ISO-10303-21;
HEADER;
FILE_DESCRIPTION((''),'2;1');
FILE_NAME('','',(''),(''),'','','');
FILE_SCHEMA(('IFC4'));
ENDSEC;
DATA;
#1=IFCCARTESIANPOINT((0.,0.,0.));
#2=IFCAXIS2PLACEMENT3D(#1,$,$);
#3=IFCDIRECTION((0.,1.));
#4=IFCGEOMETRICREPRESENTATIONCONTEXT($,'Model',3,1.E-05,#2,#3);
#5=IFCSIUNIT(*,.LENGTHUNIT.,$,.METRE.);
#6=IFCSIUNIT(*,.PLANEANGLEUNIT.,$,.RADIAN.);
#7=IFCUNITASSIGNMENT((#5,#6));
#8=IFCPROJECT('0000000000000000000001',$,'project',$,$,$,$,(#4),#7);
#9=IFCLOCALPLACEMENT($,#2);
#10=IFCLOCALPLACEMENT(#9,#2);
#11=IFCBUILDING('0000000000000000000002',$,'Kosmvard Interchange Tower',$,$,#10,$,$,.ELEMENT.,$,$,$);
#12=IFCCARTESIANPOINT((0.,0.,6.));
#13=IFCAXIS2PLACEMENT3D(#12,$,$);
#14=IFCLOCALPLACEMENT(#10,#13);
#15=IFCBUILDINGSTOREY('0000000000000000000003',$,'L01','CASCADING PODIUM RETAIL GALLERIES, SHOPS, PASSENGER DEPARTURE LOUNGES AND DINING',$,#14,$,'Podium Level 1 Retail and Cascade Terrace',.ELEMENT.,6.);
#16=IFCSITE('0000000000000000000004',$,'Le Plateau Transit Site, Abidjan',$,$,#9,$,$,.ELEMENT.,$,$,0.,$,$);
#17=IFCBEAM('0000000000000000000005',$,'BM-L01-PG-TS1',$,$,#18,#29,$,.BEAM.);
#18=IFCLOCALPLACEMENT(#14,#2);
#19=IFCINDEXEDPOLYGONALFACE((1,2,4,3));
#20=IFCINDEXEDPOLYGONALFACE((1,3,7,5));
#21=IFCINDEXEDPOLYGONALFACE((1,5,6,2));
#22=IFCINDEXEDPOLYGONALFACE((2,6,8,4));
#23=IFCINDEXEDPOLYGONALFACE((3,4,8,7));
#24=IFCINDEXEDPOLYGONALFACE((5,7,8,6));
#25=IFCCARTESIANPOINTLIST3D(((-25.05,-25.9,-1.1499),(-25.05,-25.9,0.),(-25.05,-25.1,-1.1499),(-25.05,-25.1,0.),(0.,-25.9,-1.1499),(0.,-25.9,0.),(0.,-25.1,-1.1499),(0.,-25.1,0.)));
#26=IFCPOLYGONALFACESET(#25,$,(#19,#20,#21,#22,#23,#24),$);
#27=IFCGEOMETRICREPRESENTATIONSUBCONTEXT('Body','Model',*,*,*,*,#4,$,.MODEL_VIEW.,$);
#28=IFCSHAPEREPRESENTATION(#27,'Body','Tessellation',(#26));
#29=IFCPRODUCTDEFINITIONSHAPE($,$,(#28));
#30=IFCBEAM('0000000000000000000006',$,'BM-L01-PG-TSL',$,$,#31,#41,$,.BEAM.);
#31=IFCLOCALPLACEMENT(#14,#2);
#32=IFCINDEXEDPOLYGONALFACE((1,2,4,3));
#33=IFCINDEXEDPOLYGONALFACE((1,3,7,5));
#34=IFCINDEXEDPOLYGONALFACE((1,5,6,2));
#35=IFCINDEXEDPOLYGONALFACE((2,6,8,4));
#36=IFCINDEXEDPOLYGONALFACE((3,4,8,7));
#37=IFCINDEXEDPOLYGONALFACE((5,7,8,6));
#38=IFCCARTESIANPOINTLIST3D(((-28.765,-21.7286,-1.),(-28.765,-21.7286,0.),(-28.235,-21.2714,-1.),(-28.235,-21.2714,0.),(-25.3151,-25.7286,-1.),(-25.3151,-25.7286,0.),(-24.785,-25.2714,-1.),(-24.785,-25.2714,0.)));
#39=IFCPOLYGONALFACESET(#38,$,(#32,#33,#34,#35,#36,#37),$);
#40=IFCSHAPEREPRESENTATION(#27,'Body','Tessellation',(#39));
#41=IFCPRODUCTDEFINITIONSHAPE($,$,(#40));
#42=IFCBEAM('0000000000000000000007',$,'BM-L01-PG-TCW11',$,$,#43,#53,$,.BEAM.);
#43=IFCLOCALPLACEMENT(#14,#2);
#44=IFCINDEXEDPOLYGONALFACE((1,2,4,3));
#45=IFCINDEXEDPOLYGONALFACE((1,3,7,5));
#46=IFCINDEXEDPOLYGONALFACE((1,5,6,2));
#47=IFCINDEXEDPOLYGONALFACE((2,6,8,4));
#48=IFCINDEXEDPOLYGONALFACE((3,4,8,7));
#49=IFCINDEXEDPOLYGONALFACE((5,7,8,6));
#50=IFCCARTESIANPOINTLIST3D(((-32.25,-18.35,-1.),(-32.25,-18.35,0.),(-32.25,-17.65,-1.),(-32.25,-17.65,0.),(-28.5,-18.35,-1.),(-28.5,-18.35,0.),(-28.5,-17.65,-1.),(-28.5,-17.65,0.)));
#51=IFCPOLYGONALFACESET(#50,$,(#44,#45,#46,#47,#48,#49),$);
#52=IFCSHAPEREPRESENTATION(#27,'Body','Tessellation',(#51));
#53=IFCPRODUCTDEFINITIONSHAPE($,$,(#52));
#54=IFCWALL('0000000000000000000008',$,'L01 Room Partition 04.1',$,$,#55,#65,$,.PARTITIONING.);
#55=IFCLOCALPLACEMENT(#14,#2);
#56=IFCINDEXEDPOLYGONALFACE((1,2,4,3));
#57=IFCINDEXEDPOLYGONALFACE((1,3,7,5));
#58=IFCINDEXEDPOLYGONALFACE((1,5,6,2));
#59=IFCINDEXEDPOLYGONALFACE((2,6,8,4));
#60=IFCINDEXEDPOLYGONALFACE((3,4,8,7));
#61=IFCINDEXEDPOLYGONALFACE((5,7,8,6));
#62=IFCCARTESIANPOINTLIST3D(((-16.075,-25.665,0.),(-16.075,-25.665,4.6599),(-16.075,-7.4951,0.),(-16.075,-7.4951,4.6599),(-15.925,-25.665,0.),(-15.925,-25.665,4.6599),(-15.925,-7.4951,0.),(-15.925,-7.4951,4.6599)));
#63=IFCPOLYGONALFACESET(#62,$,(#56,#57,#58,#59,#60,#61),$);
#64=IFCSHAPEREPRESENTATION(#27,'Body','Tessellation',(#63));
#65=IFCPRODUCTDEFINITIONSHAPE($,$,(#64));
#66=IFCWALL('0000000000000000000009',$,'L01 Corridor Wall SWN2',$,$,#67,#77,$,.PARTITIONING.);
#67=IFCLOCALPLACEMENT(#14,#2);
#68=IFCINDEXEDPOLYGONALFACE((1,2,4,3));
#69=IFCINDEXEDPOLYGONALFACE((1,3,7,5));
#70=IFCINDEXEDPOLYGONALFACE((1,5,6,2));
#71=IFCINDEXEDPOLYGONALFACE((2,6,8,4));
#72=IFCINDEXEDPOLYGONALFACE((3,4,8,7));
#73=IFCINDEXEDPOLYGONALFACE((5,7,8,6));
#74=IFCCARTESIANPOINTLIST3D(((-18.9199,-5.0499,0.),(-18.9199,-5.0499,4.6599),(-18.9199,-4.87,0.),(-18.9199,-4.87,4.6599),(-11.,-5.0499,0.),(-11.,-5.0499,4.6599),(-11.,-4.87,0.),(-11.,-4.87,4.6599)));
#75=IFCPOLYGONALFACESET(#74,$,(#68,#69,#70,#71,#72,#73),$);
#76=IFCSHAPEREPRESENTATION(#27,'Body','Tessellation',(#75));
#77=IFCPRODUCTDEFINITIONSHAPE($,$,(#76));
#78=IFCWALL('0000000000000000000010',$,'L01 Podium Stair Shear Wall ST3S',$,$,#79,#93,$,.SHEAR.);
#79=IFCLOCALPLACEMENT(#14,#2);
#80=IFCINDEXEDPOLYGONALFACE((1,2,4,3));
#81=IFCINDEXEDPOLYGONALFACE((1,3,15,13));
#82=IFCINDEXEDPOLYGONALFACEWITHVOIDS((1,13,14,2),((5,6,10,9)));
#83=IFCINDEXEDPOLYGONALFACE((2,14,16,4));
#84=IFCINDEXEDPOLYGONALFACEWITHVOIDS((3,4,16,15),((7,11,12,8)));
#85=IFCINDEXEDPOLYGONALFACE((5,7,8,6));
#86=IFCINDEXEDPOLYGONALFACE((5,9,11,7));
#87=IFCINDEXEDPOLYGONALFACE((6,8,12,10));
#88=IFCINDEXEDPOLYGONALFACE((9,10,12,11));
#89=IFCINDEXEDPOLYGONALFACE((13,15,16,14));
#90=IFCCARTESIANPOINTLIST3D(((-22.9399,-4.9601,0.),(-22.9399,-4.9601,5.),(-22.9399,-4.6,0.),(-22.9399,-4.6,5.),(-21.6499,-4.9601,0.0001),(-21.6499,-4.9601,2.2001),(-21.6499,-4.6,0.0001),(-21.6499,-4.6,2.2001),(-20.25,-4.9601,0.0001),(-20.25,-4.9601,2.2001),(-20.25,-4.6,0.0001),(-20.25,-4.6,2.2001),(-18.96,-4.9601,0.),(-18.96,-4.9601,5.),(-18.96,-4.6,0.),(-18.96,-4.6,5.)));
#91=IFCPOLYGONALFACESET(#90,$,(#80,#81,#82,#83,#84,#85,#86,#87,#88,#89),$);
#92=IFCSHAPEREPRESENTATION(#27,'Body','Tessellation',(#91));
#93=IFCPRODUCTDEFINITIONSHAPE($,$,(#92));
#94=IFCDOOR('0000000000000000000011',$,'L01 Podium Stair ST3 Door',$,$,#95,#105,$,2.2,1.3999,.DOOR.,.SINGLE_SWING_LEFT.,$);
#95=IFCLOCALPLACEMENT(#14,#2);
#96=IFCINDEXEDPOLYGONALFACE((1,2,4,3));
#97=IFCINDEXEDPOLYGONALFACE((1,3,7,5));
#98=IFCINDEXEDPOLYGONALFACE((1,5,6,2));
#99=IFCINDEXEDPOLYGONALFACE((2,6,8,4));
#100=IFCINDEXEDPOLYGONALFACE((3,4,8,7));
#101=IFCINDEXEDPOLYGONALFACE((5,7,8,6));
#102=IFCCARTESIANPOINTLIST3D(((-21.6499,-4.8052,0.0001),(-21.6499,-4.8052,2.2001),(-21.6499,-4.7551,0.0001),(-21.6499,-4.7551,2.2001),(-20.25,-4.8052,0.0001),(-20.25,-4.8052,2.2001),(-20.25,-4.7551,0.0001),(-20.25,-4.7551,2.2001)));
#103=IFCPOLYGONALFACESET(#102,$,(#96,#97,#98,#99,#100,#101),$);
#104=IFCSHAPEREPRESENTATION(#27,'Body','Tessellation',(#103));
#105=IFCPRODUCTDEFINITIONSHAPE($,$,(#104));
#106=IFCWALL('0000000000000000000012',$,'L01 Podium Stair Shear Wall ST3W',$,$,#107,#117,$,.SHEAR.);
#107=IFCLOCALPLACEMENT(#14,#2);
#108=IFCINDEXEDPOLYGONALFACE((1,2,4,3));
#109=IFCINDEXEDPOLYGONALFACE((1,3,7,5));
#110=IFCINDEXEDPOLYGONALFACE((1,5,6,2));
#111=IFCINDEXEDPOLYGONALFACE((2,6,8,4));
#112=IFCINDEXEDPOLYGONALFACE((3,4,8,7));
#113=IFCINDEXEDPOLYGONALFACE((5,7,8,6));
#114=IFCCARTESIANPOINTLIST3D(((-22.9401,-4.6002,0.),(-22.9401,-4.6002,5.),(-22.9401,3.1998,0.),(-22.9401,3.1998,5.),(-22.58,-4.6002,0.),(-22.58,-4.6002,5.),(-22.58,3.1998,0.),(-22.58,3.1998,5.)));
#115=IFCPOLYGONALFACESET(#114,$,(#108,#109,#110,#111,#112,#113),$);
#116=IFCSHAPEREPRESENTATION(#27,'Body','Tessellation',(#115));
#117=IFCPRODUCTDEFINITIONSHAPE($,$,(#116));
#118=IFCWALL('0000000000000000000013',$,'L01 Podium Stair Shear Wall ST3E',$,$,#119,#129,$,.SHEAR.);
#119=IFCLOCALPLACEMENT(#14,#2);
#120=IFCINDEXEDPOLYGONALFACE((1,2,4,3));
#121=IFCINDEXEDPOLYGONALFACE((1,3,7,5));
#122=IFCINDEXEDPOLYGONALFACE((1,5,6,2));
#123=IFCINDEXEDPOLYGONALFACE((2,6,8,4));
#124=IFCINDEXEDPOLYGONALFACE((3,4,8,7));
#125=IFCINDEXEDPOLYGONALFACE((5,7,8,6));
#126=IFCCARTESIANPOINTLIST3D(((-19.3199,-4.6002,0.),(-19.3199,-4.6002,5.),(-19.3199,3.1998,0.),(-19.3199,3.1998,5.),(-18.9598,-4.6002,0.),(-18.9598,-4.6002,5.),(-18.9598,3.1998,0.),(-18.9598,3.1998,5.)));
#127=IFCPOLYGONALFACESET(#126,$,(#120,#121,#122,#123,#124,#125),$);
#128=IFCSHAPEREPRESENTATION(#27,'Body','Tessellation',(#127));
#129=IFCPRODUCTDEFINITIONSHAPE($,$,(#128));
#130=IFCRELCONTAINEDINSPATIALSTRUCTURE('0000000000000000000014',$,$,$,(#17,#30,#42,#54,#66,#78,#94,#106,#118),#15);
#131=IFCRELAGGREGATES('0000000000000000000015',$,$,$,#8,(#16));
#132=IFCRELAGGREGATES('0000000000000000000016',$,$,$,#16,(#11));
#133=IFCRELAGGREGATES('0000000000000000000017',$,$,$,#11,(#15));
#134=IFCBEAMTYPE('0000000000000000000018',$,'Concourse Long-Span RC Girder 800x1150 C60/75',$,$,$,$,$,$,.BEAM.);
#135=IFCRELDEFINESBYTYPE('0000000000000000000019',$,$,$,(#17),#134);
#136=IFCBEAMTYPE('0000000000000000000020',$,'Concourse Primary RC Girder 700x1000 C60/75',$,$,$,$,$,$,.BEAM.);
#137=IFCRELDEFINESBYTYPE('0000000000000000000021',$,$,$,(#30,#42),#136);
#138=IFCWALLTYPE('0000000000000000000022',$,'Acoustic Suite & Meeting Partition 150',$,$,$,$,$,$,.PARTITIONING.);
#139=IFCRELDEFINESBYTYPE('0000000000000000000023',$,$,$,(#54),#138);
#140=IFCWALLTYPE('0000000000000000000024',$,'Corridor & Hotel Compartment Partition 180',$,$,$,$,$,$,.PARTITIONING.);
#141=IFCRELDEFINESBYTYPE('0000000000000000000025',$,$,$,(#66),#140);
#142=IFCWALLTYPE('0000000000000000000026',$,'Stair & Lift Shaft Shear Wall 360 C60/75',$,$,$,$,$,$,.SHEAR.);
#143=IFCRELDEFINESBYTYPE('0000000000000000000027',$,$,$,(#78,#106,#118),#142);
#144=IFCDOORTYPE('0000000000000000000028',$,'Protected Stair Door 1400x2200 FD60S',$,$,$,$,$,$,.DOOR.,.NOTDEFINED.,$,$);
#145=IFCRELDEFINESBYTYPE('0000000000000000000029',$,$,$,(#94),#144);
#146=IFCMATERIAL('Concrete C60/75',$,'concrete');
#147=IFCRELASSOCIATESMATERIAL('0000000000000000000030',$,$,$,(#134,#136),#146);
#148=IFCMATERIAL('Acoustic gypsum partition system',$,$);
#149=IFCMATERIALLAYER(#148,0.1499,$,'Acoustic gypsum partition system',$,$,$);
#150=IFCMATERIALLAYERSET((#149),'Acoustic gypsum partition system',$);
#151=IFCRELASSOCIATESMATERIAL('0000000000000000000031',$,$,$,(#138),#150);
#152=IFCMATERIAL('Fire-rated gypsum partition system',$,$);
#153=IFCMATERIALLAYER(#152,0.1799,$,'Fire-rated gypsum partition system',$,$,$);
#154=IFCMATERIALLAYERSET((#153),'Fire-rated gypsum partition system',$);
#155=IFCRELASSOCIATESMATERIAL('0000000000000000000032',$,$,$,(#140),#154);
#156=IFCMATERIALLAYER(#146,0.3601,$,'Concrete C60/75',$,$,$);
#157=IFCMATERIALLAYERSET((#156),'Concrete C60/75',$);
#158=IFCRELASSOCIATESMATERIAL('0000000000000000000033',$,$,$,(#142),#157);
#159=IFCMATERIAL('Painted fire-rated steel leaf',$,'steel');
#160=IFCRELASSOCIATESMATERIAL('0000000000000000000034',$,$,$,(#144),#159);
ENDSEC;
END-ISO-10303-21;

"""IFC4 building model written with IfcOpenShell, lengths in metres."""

from ifc_helpers import new_model, si_unit, direction, frame, frame_2d, origin, origin_2d, place, context, subcontext, project, spatial, rectangle, extrude, source, transform, mapped, material, layer, layer_set, material_profile, profile_set, type_object, element, fill, save


model = new_model("IFC4")

# Units and contexts
model_context = context("Model", 3, precision=1e-05, world=origin(), true_north=direction((0.0, 1.0)))
body_context = subcontext(model_context, "Body", "Model", "MODEL_VIEW")
ifc_project = project(units=[si_unit("LENGTHUNIT", "METRE"), si_unit("PLANEANGLEUNIT", "RADIAN")], contexts=[model_context])

# Site, building, storey
site_placement = place(None, origin())
site = spatial("IfcSite", under=ifc_project, at=site_placement, Name="Le Plateau Transit Site, Abidjan", CompositionType="ELEMENT", RefElevation=0.0)
building_placement = place(site_placement, origin())
building = spatial("IfcBuilding", under=site, at=building_placement, Name="Kosmvard Interchange Tower", CompositionType="ELEMENT")
storey_placement = place(building_placement, frame((0.0, 0.0, 6.0)))
storey = spatial("IfcBuildingStorey", under=building, at=storey_placement, Name="L01", Description="CASCADING PODIUM RETAIL GALLERIES, SHOPS, PASSENGER DEPARTURE LOUNGES AND DINING", LongName="Podium Level 1 Retail and Cascade Terrace", CompositionType="ELEMENT", Elevation=6.0)

# Shared definitions
ifc_material_1 = material(Name="Concrete C60/75", Category="concrete")

# Beams
ifc_material_profile_1 = material_profile(ifc_material_1, rectangle(XDim=0.8, YDim=1.1499, at=origin_2d()), Name="RCG 800x1150")
ifc_profile_set_1 = profile_set([ifc_material_profile_1], Name="Concrete C60/75")
beam_type_1 = type_object("IfcBeamType", Name="Concourse Long-Span RC Girder 800x1150 C60/75", PredefinedType="BEAM", material=ifc_profile_set_1)
shared_shape_1 = source(origin(), body_context, "Body", "SweptSolid", [
    extrude(rectangle(XDim=0.8, YDim=1.1499, at=origin_2d()), origin(), (0.0, 0.0, 1.0), 25.05),
])
beam_1_placement = place(storey_placement, frame((-25.05, -25.5, -0.575), z_axis=(1.0, 0.0, 0.0), x_axis=(0.0, 1.0, 0.0)))
element("IfcBeam", 1, at=beam_1_placement, inside=storey, type_object=beam_type_1, Name="BM-L01-PG-TS1", PredefinedType="BEAM", context=body_context, shape_type="MappedRepresentation", body=[
    mapped(shared_shape_1, transform((0.0, 0.0, 0.0), scale=1.0)),
])
ifc_material_profile_2 = material_profile(ifc_material_1, rectangle(XDim=0.7, YDim=1.0, at=origin_2d()), Name="RCG 700x1000")
ifc_profile_set_2 = profile_set([ifc_material_profile_2], Name="Concrete C60/75")
beam_type_2 = type_object("IfcBeamType", Name="Concourse Primary RC Girder 700x1000 C60/75", PredefinedType="BEAM", material=ifc_profile_set_2)
shared_shape_2 = source(origin(), body_context, "Body", "SweptSolid", [
    extrude(rectangle(XDim=0.7, YDim=1.0, at=origin_2d()), origin(), (0.0, 0.0, 1.0), 5.2822),
])
beam_2_placement = place(storey_placement, frame((-25.05, -25.5, -0.5), z_axis=(-0.653122, 0.757253, 0.0), x_axis=(-0.757253, -0.653122, 0.0)))
element("IfcBeam", 2, at=beam_2_placement, inside=storey, type_object=beam_type_2, Name="BM-L01-PG-TSL", PredefinedType="BEAM", context=body_context, shape_type="MappedRepresentation", body=[
    mapped(shared_shape_2, transform((0.0, 0.0, 0.0), scale=1.0)),
])
shared_shape_3 = source(origin(), body_context, "Body", "SweptSolid", [
    extrude(rectangle(XDim=0.7, YDim=1.0, at=origin_2d()), origin(), (0.0, 0.0, 1.0), 3.75),
])
beam_3_placement = place(storey_placement, frame((-28.5, -18.0, -0.5), z_axis=(-1.0, 0.0, 0.0), x_axis=(0.0, -1.0, 0.0)))
element("IfcBeam", 3, at=beam_3_placement, inside=storey, type_object=beam_type_2, Name="BM-L01-PG-TCW11", PredefinedType="BEAM", context=body_context, shape_type="MappedRepresentation", body=[
    mapped(shared_shape_3, transform((0.0, 0.0, 0.0), scale=1.0)),
])

# Walls
ifc_material_2 = material(Name="Acoustic gypsum partition system")
ifc_layer_1 = layer(ifc_material_2, 0.1499, Name="Acoustic gypsum partition system")
ifc_layer_set_1 = layer_set([ifc_layer_1], Name="Acoustic gypsum partition system")
wall_type_1 = type_object("IfcWallType", Name="Acoustic Suite & Meeting Partition 150", PredefinedType="PARTITIONING", material=ifc_layer_set_1)
wall_1_placement = place(storey_placement, frame((-16.0, -25.665, 0.0), z_axis=(0.0, 0.0, 1.0), x_axis=(0.0, 1.0, 0.0)))
element("IfcWall", 4, at=wall_1_placement, inside=storey, type_object=wall_type_1, Name="L01 Room Partition 04.1", PredefinedType="PARTITIONING", context=body_context, shape_type="SweptSolid", body=[
    extrude(rectangle(XDim=18.1699, YDim=0.1499, at=frame_2d((9.085, 0.0))), origin(), (0.0, 0.0, 1.0), 4.6599),
])
ifc_material_3 = material(Name="Fire-rated gypsum partition system")
ifc_layer_2 = layer(ifc_material_3, 0.1799, Name="Fire-rated gypsum partition system")
ifc_layer_set_2 = layer_set([ifc_layer_2], Name="Fire-rated gypsum partition system")
wall_type_2 = type_object("IfcWallType", Name="Corridor & Hotel Compartment Partition 180", PredefinedType="PARTITIONING", material=ifc_layer_set_2)
wall_2_placement = place(storey_placement, frame((-18.9199, -4.96, 0.0), z_axis=(0.0, 0.0, 1.0), x_axis=(1.0, 0.0, 0.0)))
element("IfcWall", 5, at=wall_2_placement, inside=storey, type_object=wall_type_2, Name="L01 Corridor Wall SWN2", PredefinedType="PARTITIONING", context=body_context, shape_type="SweptSolid", body=[
    extrude(rectangle(XDim=7.9199, YDim=0.1799, at=frame_2d((3.96, 0.0))), origin(), (0.0, 0.0, 1.0), 4.6599),
])

# Wall, opening, door
ifc_layer_3 = layer(ifc_material_1, 0.3601, Name="Concrete C60/75")
ifc_layer_set_3 = layer_set([ifc_layer_3], Name="Concrete C60/75")
wall_type_3 = type_object("IfcWallType", Name="Stair & Lift Shaft Shear Wall 360 C60/75", PredefinedType="SHEAR", material=ifc_layer_set_3)
wall_3_placement = place(storey_placement, frame((-22.9399, -4.78, 0.0), z_axis=(0.0, 0.0, 1.0), x_axis=(1.0, 0.0, 0.0)))
wall_3 = element("IfcWall", 6, at=wall_3_placement, inside=storey, type_object=wall_type_3, Name="L01 Podium Stair Shear Wall ST3S", PredefinedType="SHEAR", context=body_context, shape_type="SweptSolid", body=[
    extrude(rectangle(XDim=3.98, YDim=0.3601, at=frame_2d((1.99, 0.0))), origin(), (0.0, 0.0, 1.0), 5.0),
])
opening_placement = place(wall_3_placement, frame((1.29, 0.0, 0.0)))
opening = element("IfcOpeningElement", 7, at=opening_placement, cuts=wall_3, PredefinedType="OPENING", context=body_context, shape_type="SweptSolid", body=[
    extrude(rectangle(XDim=1.3999, YDim=2.2, at=frame_2d((0.7, 1.1001))), frame((0.0, 0.1899, 0.0), z_axis=(0.0, -1.0, 0.0), x_axis=(1.0, 0.0, 0.0)), (0.0, 0.0, 1.0), 0.3801),
])
ifc_material_4 = material(Name="Painted fire-rated steel leaf", Category="steel")
door_type = type_object("IfcDoorType", Name="Protected Stair Door 1400x2200 FD60S", OperationType="NOTDEFINED", PredefinedType="DOOR", material=ifc_material_4)
shared_shape_4 = source(origin(), body_context, "Body", "SweptSolid", [
    extrude(rectangle(XDim=1.3999, YDim=2.2, at=frame_2d((0.7, 1.1001))), frame((0.0, 0.0249, 0.0), z_axis=(0.0, -1.0, 0.0), x_axis=(1.0, 0.0, 0.0)), (0.0, 0.0, 1.0), 0.05),
])
door_placement = place(opening_placement, origin())
door = element("IfcDoor", 8, at=door_placement, inside=storey, type_object=door_type, Name="L01 Podium Stair ST3 Door", OperationType="SINGLE_SWING_LEFT", OverallHeight=2.2, OverallWidth=1.3999, PredefinedType="DOOR", context=body_context, shape_type="MappedRepresentation", body=[
    mapped(shared_shape_4, transform((0.0, 0.0, 0.0), scale=1.0)),
])
fill(opening, door)

# Walls
for number, where, z_axis, x_axis, name in (
    (9, (-22.76, -4.6001, 0.0), (0.0, 0.0, 1.0), (0.0, 1.0, 0.0), "L01 Podium Stair Shear Wall ST3W"),
    (10, (-19.1399, -4.6001, 0.0), (0.0, 0.0, 1.0), (0.0, 1.0, 0.0), "L01 Podium Stair Shear Wall ST3E"),
):
    element("IfcWall", number, at=place(storey_placement, frame(where, z_axis=z_axis, x_axis=x_axis)), inside=storey, type_object=wall_type_3, Name=name, PredefinedType="SHEAR", context=body_context, shape_type="SweptSolid", body=[
        extrude(rectangle(XDim=7.8, YDim=0.3601, at=frame_2d((3.8999, 0.0))), origin(), (0.0, 0.0, 1.0), 5.0),
    ])

save(model, "model.ifc")
